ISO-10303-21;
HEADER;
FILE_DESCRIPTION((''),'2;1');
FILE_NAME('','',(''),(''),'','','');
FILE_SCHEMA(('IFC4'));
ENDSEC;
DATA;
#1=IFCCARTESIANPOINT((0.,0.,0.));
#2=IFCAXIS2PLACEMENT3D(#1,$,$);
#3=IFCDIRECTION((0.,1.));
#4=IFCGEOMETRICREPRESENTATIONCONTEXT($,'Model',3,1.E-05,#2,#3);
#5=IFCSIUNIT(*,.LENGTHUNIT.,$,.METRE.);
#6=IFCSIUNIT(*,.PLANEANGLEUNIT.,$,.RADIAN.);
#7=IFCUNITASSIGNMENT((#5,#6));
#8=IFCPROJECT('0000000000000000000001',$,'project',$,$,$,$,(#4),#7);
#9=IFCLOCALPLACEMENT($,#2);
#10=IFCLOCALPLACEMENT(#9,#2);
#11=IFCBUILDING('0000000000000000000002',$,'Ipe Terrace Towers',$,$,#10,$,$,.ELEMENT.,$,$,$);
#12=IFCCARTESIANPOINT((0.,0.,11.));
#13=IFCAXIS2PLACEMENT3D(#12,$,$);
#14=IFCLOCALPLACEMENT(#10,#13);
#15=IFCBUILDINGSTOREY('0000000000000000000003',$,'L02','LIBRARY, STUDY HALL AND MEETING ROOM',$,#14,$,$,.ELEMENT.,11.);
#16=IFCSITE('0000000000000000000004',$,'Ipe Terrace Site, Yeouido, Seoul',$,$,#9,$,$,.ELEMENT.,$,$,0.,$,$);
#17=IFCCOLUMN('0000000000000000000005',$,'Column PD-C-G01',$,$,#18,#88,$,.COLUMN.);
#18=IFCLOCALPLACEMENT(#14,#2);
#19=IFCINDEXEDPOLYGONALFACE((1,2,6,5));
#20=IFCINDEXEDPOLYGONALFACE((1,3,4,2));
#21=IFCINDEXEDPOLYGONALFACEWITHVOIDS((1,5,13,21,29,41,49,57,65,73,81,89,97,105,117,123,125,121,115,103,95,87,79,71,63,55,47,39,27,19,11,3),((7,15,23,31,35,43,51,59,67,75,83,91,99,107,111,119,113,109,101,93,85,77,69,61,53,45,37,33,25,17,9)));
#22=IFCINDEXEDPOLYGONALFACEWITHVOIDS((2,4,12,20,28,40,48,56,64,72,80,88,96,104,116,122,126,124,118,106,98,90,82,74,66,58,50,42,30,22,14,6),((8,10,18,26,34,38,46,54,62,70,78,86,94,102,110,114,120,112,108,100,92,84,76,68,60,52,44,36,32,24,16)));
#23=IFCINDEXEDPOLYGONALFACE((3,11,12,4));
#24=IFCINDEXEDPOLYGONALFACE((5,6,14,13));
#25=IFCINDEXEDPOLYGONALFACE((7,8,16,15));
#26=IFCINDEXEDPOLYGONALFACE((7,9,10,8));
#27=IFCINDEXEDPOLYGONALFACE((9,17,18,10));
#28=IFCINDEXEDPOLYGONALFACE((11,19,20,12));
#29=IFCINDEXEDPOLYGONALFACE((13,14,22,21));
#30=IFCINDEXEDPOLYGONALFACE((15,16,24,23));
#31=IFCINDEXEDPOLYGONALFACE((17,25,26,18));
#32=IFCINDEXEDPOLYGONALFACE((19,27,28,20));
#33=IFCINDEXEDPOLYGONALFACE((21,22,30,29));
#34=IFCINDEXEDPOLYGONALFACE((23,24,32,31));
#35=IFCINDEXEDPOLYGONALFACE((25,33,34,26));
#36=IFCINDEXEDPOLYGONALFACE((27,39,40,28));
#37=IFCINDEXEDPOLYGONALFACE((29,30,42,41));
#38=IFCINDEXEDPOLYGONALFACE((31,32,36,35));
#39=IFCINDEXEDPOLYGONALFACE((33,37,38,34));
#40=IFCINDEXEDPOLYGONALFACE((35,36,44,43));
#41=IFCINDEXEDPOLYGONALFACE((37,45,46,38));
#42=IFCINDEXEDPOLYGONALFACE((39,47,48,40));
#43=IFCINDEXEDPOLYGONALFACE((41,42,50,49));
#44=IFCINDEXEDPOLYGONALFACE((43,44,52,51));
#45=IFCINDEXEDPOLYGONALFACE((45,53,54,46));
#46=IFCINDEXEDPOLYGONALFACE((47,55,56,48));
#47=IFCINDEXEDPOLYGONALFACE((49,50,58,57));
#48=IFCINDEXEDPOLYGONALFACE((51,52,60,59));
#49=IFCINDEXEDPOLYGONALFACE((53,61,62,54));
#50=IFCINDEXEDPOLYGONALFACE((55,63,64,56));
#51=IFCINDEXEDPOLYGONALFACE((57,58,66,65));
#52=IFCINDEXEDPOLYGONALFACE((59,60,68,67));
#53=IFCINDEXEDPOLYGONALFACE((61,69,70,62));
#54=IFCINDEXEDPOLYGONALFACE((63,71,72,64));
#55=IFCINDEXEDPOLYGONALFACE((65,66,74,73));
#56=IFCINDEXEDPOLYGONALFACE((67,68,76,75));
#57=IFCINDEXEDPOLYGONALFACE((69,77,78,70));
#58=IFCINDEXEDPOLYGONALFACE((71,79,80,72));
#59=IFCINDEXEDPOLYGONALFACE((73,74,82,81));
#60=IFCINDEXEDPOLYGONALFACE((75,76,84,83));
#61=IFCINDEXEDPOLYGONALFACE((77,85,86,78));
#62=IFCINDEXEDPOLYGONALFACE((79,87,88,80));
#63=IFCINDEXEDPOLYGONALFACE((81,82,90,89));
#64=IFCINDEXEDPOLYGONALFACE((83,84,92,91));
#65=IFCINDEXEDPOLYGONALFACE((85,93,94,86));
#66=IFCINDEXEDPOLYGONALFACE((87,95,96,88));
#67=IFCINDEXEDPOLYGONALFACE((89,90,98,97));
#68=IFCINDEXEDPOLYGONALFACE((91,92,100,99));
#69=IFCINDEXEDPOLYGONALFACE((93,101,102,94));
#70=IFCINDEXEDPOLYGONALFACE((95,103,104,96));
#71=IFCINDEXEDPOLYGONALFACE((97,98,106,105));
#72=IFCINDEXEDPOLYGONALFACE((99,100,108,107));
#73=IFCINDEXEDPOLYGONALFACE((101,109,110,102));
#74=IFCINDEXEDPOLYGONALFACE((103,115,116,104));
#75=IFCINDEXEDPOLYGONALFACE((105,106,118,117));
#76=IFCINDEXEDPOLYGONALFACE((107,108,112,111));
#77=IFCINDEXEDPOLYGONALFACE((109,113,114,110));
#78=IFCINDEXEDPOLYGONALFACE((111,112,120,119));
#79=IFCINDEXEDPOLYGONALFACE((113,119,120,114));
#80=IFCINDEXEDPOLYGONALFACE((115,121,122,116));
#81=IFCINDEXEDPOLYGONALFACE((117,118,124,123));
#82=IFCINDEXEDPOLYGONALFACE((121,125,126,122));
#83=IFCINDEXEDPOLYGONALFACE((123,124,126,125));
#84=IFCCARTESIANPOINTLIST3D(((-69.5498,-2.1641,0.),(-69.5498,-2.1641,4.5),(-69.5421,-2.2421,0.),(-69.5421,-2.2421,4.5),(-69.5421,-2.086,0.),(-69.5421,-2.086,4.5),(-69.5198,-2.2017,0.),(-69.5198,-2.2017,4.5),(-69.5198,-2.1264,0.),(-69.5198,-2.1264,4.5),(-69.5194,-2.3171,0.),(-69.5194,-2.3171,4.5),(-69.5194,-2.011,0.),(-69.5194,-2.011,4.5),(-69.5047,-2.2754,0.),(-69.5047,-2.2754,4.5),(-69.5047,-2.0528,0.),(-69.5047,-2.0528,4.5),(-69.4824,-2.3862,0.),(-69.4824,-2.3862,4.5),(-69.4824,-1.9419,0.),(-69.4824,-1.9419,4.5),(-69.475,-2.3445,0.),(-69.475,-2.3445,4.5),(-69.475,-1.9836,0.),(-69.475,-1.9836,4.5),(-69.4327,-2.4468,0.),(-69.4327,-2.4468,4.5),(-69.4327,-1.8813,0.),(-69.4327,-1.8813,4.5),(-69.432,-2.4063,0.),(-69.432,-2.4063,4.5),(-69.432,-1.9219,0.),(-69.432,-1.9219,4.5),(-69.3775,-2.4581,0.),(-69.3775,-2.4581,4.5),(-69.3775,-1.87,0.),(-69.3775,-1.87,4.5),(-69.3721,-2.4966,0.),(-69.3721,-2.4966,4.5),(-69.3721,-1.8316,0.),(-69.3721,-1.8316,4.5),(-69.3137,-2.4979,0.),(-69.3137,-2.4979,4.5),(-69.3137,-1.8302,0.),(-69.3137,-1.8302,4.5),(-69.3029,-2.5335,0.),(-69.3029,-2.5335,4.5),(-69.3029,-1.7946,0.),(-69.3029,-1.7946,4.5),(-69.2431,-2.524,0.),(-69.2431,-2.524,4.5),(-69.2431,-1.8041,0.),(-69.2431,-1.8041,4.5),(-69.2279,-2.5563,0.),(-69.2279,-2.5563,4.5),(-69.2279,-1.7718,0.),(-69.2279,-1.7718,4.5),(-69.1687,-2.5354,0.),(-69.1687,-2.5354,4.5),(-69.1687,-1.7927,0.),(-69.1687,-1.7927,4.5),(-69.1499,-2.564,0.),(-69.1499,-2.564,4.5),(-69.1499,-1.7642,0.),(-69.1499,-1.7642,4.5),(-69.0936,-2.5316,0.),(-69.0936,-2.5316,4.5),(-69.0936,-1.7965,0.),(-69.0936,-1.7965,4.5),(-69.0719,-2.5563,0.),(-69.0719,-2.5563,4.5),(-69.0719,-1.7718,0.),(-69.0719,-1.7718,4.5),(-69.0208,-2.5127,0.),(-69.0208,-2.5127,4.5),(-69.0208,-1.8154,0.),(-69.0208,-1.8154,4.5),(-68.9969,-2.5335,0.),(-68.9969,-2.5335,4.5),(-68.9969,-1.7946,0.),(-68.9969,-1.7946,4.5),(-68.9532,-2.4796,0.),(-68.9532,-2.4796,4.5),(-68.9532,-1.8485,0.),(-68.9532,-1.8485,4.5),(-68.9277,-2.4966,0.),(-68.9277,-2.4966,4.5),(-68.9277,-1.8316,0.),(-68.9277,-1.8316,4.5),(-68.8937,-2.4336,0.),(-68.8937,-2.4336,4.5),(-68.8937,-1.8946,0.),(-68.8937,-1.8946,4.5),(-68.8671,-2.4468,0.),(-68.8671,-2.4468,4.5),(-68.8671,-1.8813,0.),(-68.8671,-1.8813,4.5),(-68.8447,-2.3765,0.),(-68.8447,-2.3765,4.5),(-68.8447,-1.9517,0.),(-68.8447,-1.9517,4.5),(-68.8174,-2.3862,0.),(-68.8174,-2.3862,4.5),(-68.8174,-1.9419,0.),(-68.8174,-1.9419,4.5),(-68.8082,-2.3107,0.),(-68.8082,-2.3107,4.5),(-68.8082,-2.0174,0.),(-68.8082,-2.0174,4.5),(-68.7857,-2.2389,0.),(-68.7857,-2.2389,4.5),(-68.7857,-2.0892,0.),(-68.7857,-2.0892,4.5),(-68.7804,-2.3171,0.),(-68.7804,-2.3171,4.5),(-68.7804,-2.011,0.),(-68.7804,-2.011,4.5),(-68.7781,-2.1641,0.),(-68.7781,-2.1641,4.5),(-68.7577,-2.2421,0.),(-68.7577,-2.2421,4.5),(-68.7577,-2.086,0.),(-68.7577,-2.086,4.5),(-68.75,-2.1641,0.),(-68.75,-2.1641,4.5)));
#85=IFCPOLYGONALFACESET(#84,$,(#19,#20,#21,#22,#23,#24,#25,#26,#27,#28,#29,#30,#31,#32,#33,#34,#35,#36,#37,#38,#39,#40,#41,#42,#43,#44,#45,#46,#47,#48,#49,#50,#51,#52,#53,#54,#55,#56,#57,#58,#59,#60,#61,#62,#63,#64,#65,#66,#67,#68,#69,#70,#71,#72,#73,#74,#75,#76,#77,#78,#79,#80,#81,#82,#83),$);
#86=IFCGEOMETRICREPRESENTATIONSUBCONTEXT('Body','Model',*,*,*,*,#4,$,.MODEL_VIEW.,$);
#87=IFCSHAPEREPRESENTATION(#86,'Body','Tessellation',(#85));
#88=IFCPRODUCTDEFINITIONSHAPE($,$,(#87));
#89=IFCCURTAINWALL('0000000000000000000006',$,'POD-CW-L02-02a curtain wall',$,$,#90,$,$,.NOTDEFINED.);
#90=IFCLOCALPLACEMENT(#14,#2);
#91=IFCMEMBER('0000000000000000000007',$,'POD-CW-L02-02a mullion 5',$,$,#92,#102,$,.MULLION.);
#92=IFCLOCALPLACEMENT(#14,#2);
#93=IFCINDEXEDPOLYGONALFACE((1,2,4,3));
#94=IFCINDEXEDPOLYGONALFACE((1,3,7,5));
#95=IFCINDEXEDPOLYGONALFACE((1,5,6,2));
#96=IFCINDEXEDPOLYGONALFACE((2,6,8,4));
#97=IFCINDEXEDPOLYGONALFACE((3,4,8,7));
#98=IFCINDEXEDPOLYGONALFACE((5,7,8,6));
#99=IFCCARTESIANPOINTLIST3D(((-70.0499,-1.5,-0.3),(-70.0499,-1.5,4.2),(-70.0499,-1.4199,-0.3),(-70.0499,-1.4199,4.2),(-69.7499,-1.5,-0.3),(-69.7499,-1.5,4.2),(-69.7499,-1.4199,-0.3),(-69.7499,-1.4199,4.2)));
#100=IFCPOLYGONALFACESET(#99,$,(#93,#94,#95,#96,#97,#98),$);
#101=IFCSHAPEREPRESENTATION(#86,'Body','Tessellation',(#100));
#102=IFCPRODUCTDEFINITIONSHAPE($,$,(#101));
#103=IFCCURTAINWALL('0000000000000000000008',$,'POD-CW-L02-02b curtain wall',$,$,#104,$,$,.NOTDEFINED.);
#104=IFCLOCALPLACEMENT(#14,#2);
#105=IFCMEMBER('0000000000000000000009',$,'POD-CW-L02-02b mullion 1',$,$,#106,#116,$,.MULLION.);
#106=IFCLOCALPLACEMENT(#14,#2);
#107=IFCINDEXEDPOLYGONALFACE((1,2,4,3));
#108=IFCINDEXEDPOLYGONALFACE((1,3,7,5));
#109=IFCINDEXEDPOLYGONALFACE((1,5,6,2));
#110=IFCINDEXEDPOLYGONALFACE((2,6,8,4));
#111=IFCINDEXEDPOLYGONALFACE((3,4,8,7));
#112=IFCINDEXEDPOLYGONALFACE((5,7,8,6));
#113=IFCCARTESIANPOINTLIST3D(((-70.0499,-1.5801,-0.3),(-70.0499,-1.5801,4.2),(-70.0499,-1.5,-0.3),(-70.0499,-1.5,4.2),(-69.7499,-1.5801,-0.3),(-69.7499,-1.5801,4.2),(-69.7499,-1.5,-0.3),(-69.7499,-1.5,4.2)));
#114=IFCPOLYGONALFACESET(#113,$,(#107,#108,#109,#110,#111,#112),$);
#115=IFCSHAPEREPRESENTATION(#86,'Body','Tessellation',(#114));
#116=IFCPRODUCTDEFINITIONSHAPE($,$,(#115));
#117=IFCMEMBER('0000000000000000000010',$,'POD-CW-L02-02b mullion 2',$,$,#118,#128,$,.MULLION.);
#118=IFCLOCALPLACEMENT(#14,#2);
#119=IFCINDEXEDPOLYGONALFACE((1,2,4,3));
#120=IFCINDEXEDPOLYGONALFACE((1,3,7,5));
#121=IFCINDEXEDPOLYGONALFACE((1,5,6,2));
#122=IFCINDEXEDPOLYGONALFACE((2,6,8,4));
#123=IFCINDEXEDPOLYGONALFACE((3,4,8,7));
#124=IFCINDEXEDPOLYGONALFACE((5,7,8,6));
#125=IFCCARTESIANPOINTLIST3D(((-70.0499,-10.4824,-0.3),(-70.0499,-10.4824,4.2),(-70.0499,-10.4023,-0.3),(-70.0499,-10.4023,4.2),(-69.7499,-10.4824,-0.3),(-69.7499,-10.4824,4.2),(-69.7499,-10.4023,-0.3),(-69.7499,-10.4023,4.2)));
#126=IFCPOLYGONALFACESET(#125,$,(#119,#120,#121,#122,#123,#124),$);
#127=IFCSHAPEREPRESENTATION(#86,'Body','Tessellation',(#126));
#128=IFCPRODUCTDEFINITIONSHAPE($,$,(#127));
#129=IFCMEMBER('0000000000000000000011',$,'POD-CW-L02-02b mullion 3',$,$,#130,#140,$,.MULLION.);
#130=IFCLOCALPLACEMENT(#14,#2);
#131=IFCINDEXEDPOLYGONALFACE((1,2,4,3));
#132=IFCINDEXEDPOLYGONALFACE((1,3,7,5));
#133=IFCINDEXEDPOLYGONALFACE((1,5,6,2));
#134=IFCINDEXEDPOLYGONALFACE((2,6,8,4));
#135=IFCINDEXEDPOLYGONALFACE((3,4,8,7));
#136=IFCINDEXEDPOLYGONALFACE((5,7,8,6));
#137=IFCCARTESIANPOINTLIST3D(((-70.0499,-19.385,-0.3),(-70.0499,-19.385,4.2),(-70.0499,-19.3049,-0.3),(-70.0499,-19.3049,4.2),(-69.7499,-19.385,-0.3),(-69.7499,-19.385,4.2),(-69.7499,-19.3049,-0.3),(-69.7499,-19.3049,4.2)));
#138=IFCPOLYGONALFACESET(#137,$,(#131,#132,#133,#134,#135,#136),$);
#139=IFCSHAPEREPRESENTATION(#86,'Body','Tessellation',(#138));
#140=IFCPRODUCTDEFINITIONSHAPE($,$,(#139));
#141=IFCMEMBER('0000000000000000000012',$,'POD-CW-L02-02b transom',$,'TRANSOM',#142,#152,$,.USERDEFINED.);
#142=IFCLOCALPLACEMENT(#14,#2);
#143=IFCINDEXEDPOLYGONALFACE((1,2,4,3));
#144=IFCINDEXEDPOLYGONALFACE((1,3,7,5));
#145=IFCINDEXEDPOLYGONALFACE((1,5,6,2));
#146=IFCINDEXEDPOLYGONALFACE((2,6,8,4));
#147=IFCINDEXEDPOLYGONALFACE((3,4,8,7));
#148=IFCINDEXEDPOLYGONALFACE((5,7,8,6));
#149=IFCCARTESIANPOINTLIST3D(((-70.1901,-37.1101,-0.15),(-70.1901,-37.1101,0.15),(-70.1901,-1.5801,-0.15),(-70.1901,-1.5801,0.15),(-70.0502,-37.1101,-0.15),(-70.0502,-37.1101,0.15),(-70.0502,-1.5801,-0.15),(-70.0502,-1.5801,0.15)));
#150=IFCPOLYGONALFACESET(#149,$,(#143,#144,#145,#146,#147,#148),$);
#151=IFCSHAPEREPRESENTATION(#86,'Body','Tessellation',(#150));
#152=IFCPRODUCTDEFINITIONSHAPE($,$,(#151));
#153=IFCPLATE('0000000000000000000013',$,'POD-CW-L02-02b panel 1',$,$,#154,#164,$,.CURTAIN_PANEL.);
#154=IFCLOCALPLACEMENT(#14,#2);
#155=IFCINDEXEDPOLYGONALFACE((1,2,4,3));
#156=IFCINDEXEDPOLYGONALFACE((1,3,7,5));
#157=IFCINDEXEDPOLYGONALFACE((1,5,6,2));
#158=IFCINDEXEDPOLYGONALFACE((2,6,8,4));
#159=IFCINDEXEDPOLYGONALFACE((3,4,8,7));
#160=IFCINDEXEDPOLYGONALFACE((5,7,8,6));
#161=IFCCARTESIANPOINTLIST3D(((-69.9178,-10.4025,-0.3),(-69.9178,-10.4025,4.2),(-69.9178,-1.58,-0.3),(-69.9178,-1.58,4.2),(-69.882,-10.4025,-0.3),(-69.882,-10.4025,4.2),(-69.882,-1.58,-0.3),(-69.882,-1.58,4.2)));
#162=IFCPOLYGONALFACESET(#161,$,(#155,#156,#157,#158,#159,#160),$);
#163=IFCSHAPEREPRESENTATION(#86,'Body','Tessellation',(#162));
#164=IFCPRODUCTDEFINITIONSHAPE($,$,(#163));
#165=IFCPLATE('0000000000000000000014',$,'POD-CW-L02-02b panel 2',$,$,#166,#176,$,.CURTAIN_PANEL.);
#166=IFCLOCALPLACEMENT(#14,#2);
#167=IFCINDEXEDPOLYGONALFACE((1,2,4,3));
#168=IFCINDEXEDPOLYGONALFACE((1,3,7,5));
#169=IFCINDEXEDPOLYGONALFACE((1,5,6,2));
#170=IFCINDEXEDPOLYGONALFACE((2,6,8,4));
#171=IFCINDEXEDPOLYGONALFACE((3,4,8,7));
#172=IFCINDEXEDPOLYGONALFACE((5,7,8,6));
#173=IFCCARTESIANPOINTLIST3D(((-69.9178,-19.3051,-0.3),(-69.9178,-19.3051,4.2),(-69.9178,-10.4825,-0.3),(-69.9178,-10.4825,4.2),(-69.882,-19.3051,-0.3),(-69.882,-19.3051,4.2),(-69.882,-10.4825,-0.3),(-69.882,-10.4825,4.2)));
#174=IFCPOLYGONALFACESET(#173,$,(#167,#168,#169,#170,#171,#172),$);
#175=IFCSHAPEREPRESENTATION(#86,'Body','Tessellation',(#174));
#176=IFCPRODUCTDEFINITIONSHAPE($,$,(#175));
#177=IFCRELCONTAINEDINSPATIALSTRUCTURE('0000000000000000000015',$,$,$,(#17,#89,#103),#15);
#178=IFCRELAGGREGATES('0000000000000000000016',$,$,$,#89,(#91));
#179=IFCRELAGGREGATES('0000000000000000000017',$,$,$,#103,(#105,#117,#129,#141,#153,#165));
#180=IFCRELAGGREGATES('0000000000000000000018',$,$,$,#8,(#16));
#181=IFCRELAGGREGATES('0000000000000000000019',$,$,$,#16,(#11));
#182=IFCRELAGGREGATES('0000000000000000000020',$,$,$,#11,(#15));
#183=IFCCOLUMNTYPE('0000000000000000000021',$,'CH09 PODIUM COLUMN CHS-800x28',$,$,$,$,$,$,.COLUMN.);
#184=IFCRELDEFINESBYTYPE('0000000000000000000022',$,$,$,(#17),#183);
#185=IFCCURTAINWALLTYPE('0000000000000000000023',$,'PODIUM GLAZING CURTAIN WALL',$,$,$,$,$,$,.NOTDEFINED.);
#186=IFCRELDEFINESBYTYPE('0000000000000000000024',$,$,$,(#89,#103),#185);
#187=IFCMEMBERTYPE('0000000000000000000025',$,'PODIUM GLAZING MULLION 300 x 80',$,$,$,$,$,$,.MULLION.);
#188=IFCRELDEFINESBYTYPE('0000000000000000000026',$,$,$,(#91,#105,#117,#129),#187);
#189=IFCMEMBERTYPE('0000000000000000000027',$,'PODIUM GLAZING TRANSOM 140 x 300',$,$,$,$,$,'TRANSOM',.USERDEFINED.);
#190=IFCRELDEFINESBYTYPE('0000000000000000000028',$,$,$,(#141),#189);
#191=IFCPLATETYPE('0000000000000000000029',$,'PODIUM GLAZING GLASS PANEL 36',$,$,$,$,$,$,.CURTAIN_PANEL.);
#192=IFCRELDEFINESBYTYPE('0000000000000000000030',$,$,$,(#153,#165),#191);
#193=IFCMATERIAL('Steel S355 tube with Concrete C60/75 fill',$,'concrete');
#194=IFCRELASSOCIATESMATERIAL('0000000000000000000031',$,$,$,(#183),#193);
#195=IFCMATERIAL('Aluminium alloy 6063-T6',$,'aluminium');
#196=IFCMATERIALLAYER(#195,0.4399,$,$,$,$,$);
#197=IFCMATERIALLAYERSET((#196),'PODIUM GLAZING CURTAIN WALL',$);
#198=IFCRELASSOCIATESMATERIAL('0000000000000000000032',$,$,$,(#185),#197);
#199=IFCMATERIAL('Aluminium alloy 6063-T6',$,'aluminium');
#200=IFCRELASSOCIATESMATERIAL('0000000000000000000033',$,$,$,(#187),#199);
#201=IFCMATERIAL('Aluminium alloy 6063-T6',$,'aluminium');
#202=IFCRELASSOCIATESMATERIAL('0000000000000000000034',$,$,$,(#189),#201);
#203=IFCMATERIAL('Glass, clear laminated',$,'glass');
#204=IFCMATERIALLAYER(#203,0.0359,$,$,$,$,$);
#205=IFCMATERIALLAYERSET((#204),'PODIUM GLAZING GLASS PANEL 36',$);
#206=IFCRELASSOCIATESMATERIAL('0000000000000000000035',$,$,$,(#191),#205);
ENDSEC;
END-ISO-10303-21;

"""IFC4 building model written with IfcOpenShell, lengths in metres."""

from ifc_helpers import new_model, si_unit, direction, frame, origin, origin_2d, place, context, subcontext, project, spatial, rectangle, hollow_circle, extrude, material, layer, layer_set, material_profile, profile_set, type_object, element, aggregate, save


model = new_model("IFC4")

# Units and contexts
model_context = context("Model", 3, precision=1e-05, world=origin(), true_north=direction((0.0, 1.0)))
body_context = subcontext(model_context, "Body", "Model", "MODEL_VIEW")
ifc_project = project(units=[si_unit("LENGTHUNIT", "METRE"), si_unit("PLANEANGLEUNIT", "RADIAN")], contexts=[model_context])

# Site, building, storey
site_placement = place(None, origin())
site = spatial("IfcSite", under=ifc_project, at=site_placement, Name="Ipe Terrace Site, Yeouido, Seoul", CompositionType="ELEMENT", RefElevation=0.0)
building_placement = place(site_placement, origin())
building = spatial("IfcBuilding", under=site, at=building_placement, Name="Ipe Terrace Towers", CompositionType="ELEMENT")
storey_placement = place(building_placement, frame((0.0, 0.0, 11.0)))
storey = spatial("IfcBuildingStorey", under=building, at=storey_placement, Name="L02", Description="LIBRARY, STUDY HALL AND MEETING ROOM", CompositionType="ELEMENT", Elevation=11.0)

# Column
ifc_material_1 = material(Name="Steel S355 tube with Concrete C60/75 fill", Category="concrete")
ifc_material_profile_1 = material_profile(ifc_material_1, hollow_circle(Radius=0.3999, WallThickness=0.0281, at=origin_2d()), Name="CHS-800x28")
ifc_profile_set_1 = profile_set([ifc_material_profile_1], Name="Steel S355 tube with Concrete C60/75 fill")
column_type_1 = type_object("IfcColumnType", Name="CH09 PODIUM COLUMN CHS-800x28", PredefinedType="COLUMN", material=ifc_profile_set_1)
for number, where, z_axis, x_axis, name in (
    (1, (-69.1499, -2.1641, 0.0), (0.0, 0.0, 1.0), (1.0, 0.0, 0.0), "Column PD-C-G01"),
):
    element("IfcColumn", number, at=place(storey_placement, frame(where, z_axis=z_axis, x_axis=x_axis)), inside=storey, type_object=column_type_1, Name=name, PredefinedType="COLUMN", context=body_context, shape_type="SweptSolid", body=[
        extrude(hollow_circle(Radius=0.3999, WallThickness=0.0281, at=origin_2d()), origin(), (0.0, 0.0, 1.0), 4.5),
    ])

# Curtain wall, member
ifc_material_2 = material(Name="Aluminium alloy 6063-T6", Category="aluminium")
ifc_layer_1 = layer(ifc_material_2, 0.4399)
ifc_layer_set_1 = layer_set([ifc_layer_1], Name="PODIUM GLAZING CURTAIN WALL")
curtain_wall_type = type_object("IfcCurtainWallType", Name="PODIUM GLAZING CURTAIN WALL", PredefinedType="NOTDEFINED", material=ifc_layer_set_1)
curtain_wall_1_placement = place(storey_placement, origin())
curtain_wall_1 = element("IfcCurtainWall", 2, at=curtain_wall_1_placement, inside=storey, type_object=curtain_wall_type, Name="POD-CW-L02-02a curtain wall", PredefinedType="NOTDEFINED")
ifc_material_3 = material(Name="Aluminium alloy 6063-T6", Category="aluminium")
ifc_material_profile_2 = material_profile(ifc_material_3, rectangle(XDim=0.3, YDim=0.0801, at=origin_2d()), Name="PODIUM GLAZING MULLION 300 x 80")
ifc_profile_set_2 = profile_set([ifc_material_profile_2], Name="Aluminium alloy 6063-T6")
member_type_1 = type_object("IfcMemberType", Name="PODIUM GLAZING MULLION 300 x 80", PredefinedType="MULLION", material=ifc_profile_set_2)
member_1_placement = place(storey_placement, frame((-69.8999, -1.46, -0.3), z_axis=(0.0, 0.0, 1.0), x_axis=(-1.0, 0.0, 0.0)))
member_1 = element("IfcMember", 3, at=member_1_placement, type_object=member_type_1, Name="POD-CW-L02-02a mullion 5", PredefinedType="MULLION", context=body_context, shape_type="SweptSolid", body=[
    extrude(rectangle(XDim=0.3, YDim=0.0801, at=origin_2d()), origin(), (0.0, 0.0, 1.0), 4.5),
])
aggregate(curtain_wall_1, [member_1])

# Curtain wall, members, plates
curtain_wall_2_placement = place(storey_placement, origin())
curtain_wall_2 = element("IfcCurtainWall", 4, at=curtain_wall_2_placement, inside=storey, type_object=curtain_wall_type, Name="POD-CW-L02-02b curtain wall", PredefinedType="NOTDEFINED")
member_2_placement = place(storey_placement, frame((-69.8999, -1.54, -0.3), z_axis=(0.0, 0.0, 1.0), x_axis=(-1.0, 0.0, 0.0)))
member_2 = element("IfcMember", 5, at=member_2_placement, type_object=member_type_1, Name="POD-CW-L02-02b mullion 1", PredefinedType="MULLION", context=body_context, shape_type="SweptSolid", body=[
    extrude(rectangle(XDim=0.3, YDim=0.0801, at=origin_2d()), origin(), (0.0, 0.0, 1.0), 4.5),
])
member_3_placement = place(storey_placement, frame((-69.8999, -10.4424, -0.3), z_axis=(0.0, 0.0, 1.0), x_axis=(-1.0, 0.0, 0.0)))
member_3 = element("IfcMember", 6, at=member_3_placement, type_object=member_type_1, Name="POD-CW-L02-02b mullion 2", PredefinedType="MULLION", context=body_context, shape_type="SweptSolid", body=[
    extrude(rectangle(XDim=0.3, YDim=0.0801, at=origin_2d()), origin(), (0.0, 0.0, 1.0), 4.5),
])
member_4_placement = place(storey_placement, frame((-69.8999, -19.345, -0.3), z_axis=(0.0, 0.0, 1.0), x_axis=(-1.0, 0.0, 0.0)))
member_4 = element("IfcMember", 7, at=member_4_placement, type_object=member_type_1, Name="POD-CW-L02-02b mullion 3", PredefinedType="MULLION", context=body_context, shape_type="SweptSolid", body=[
    extrude(rectangle(XDim=0.3, YDim=0.0801, at=origin_2d()), origin(), (0.0, 0.0, 1.0), 4.5),
])
ifc_material_4 = material(Name="Aluminium alloy 6063-T6", Category="aluminium")
ifc_material_profile_3 = material_profile(ifc_material_4, rectangle(XDim=0.1399, YDim=0.3, at=origin_2d()), Name="PODIUM GLAZING TRANSOM 140 x 300")
ifc_profile_set_3 = profile_set([ifc_material_profile_3], Name="Aluminium alloy 6063-T6")
member_type_2 = type_object("IfcMemberType", Name="PODIUM GLAZING TRANSOM 140 x 300", ElementType="TRANSOM", PredefinedType="USERDEFINED", material=ifc_profile_set_3)
member_5_placement = place(storey_placement, frame((-70.1201, -1.5801, 0.0), z_axis=(0.0, -1.0, 0.0), x_axis=(-1.0, 0.0, 0.0)))
member_5 = element("IfcMember", 8, at=member_5_placement, type_object=member_type_2, Name="POD-CW-L02-02b transom", ObjectType="TRANSOM", PredefinedType="USERDEFINED", context=body_context, shape_type="SweptSolid", body=[
    extrude(rectangle(XDim=0.1399, YDim=0.3, at=origin_2d()), origin(), (0.0, 0.0, 1.0), 35.53),
])
ifc_material_5 = material(Name="Glass, clear laminated", Category="glass")
ifc_layer_2 = layer(ifc_material_5, 0.0359)
ifc_layer_set_2 = layer_set([ifc_layer_2], Name="PODIUM GLAZING GLASS PANEL 36")
plate_type = type_object("IfcPlateType", Name="PODIUM GLAZING GLASS PANEL 36", PredefinedType="CURTAIN_PANEL", material=ifc_layer_set_2)
plate_1_placement = place(storey_placement, frame((-69.8999, -5.9912, -0.3), z_axis=(0.0, 0.0, 1.0), x_axis=(0.0, -1.0, 0.0)))
plate_1 = element("IfcPlate", 9, at=plate_1_placement, type_object=plate_type, Name="POD-CW-L02-02b panel 1", PredefinedType="CURTAIN_PANEL", context=body_context, shape_type="SweptSolid", body=[
    extrude(rectangle(XDim=8.8225, YDim=0.0359, at=origin_2d()), origin(), (0.0, 0.0, 1.0), 4.5),
])
plate_2_placement = place(storey_placement, frame((-69.8999, -14.8938, -0.3), z_axis=(0.0, 0.0, 1.0), x_axis=(0.0, -1.0, 0.0)))
plate_2 = element("IfcPlate", 10, at=plate_2_placement, type_object=plate_type, Name="POD-CW-L02-02b panel 2", PredefinedType="CURTAIN_PANEL", context=body_context, shape_type="SweptSolid", body=[
    extrude(rectangle(XDim=8.8225, YDim=0.0359, at=origin_2d()), origin(), (0.0, 0.0, 1.0), 4.5),
])
aggregate(curtain_wall_2, [member_2, member_3, member_4, member_5, plate_1, plate_2])

save(model, "model.ifc")
